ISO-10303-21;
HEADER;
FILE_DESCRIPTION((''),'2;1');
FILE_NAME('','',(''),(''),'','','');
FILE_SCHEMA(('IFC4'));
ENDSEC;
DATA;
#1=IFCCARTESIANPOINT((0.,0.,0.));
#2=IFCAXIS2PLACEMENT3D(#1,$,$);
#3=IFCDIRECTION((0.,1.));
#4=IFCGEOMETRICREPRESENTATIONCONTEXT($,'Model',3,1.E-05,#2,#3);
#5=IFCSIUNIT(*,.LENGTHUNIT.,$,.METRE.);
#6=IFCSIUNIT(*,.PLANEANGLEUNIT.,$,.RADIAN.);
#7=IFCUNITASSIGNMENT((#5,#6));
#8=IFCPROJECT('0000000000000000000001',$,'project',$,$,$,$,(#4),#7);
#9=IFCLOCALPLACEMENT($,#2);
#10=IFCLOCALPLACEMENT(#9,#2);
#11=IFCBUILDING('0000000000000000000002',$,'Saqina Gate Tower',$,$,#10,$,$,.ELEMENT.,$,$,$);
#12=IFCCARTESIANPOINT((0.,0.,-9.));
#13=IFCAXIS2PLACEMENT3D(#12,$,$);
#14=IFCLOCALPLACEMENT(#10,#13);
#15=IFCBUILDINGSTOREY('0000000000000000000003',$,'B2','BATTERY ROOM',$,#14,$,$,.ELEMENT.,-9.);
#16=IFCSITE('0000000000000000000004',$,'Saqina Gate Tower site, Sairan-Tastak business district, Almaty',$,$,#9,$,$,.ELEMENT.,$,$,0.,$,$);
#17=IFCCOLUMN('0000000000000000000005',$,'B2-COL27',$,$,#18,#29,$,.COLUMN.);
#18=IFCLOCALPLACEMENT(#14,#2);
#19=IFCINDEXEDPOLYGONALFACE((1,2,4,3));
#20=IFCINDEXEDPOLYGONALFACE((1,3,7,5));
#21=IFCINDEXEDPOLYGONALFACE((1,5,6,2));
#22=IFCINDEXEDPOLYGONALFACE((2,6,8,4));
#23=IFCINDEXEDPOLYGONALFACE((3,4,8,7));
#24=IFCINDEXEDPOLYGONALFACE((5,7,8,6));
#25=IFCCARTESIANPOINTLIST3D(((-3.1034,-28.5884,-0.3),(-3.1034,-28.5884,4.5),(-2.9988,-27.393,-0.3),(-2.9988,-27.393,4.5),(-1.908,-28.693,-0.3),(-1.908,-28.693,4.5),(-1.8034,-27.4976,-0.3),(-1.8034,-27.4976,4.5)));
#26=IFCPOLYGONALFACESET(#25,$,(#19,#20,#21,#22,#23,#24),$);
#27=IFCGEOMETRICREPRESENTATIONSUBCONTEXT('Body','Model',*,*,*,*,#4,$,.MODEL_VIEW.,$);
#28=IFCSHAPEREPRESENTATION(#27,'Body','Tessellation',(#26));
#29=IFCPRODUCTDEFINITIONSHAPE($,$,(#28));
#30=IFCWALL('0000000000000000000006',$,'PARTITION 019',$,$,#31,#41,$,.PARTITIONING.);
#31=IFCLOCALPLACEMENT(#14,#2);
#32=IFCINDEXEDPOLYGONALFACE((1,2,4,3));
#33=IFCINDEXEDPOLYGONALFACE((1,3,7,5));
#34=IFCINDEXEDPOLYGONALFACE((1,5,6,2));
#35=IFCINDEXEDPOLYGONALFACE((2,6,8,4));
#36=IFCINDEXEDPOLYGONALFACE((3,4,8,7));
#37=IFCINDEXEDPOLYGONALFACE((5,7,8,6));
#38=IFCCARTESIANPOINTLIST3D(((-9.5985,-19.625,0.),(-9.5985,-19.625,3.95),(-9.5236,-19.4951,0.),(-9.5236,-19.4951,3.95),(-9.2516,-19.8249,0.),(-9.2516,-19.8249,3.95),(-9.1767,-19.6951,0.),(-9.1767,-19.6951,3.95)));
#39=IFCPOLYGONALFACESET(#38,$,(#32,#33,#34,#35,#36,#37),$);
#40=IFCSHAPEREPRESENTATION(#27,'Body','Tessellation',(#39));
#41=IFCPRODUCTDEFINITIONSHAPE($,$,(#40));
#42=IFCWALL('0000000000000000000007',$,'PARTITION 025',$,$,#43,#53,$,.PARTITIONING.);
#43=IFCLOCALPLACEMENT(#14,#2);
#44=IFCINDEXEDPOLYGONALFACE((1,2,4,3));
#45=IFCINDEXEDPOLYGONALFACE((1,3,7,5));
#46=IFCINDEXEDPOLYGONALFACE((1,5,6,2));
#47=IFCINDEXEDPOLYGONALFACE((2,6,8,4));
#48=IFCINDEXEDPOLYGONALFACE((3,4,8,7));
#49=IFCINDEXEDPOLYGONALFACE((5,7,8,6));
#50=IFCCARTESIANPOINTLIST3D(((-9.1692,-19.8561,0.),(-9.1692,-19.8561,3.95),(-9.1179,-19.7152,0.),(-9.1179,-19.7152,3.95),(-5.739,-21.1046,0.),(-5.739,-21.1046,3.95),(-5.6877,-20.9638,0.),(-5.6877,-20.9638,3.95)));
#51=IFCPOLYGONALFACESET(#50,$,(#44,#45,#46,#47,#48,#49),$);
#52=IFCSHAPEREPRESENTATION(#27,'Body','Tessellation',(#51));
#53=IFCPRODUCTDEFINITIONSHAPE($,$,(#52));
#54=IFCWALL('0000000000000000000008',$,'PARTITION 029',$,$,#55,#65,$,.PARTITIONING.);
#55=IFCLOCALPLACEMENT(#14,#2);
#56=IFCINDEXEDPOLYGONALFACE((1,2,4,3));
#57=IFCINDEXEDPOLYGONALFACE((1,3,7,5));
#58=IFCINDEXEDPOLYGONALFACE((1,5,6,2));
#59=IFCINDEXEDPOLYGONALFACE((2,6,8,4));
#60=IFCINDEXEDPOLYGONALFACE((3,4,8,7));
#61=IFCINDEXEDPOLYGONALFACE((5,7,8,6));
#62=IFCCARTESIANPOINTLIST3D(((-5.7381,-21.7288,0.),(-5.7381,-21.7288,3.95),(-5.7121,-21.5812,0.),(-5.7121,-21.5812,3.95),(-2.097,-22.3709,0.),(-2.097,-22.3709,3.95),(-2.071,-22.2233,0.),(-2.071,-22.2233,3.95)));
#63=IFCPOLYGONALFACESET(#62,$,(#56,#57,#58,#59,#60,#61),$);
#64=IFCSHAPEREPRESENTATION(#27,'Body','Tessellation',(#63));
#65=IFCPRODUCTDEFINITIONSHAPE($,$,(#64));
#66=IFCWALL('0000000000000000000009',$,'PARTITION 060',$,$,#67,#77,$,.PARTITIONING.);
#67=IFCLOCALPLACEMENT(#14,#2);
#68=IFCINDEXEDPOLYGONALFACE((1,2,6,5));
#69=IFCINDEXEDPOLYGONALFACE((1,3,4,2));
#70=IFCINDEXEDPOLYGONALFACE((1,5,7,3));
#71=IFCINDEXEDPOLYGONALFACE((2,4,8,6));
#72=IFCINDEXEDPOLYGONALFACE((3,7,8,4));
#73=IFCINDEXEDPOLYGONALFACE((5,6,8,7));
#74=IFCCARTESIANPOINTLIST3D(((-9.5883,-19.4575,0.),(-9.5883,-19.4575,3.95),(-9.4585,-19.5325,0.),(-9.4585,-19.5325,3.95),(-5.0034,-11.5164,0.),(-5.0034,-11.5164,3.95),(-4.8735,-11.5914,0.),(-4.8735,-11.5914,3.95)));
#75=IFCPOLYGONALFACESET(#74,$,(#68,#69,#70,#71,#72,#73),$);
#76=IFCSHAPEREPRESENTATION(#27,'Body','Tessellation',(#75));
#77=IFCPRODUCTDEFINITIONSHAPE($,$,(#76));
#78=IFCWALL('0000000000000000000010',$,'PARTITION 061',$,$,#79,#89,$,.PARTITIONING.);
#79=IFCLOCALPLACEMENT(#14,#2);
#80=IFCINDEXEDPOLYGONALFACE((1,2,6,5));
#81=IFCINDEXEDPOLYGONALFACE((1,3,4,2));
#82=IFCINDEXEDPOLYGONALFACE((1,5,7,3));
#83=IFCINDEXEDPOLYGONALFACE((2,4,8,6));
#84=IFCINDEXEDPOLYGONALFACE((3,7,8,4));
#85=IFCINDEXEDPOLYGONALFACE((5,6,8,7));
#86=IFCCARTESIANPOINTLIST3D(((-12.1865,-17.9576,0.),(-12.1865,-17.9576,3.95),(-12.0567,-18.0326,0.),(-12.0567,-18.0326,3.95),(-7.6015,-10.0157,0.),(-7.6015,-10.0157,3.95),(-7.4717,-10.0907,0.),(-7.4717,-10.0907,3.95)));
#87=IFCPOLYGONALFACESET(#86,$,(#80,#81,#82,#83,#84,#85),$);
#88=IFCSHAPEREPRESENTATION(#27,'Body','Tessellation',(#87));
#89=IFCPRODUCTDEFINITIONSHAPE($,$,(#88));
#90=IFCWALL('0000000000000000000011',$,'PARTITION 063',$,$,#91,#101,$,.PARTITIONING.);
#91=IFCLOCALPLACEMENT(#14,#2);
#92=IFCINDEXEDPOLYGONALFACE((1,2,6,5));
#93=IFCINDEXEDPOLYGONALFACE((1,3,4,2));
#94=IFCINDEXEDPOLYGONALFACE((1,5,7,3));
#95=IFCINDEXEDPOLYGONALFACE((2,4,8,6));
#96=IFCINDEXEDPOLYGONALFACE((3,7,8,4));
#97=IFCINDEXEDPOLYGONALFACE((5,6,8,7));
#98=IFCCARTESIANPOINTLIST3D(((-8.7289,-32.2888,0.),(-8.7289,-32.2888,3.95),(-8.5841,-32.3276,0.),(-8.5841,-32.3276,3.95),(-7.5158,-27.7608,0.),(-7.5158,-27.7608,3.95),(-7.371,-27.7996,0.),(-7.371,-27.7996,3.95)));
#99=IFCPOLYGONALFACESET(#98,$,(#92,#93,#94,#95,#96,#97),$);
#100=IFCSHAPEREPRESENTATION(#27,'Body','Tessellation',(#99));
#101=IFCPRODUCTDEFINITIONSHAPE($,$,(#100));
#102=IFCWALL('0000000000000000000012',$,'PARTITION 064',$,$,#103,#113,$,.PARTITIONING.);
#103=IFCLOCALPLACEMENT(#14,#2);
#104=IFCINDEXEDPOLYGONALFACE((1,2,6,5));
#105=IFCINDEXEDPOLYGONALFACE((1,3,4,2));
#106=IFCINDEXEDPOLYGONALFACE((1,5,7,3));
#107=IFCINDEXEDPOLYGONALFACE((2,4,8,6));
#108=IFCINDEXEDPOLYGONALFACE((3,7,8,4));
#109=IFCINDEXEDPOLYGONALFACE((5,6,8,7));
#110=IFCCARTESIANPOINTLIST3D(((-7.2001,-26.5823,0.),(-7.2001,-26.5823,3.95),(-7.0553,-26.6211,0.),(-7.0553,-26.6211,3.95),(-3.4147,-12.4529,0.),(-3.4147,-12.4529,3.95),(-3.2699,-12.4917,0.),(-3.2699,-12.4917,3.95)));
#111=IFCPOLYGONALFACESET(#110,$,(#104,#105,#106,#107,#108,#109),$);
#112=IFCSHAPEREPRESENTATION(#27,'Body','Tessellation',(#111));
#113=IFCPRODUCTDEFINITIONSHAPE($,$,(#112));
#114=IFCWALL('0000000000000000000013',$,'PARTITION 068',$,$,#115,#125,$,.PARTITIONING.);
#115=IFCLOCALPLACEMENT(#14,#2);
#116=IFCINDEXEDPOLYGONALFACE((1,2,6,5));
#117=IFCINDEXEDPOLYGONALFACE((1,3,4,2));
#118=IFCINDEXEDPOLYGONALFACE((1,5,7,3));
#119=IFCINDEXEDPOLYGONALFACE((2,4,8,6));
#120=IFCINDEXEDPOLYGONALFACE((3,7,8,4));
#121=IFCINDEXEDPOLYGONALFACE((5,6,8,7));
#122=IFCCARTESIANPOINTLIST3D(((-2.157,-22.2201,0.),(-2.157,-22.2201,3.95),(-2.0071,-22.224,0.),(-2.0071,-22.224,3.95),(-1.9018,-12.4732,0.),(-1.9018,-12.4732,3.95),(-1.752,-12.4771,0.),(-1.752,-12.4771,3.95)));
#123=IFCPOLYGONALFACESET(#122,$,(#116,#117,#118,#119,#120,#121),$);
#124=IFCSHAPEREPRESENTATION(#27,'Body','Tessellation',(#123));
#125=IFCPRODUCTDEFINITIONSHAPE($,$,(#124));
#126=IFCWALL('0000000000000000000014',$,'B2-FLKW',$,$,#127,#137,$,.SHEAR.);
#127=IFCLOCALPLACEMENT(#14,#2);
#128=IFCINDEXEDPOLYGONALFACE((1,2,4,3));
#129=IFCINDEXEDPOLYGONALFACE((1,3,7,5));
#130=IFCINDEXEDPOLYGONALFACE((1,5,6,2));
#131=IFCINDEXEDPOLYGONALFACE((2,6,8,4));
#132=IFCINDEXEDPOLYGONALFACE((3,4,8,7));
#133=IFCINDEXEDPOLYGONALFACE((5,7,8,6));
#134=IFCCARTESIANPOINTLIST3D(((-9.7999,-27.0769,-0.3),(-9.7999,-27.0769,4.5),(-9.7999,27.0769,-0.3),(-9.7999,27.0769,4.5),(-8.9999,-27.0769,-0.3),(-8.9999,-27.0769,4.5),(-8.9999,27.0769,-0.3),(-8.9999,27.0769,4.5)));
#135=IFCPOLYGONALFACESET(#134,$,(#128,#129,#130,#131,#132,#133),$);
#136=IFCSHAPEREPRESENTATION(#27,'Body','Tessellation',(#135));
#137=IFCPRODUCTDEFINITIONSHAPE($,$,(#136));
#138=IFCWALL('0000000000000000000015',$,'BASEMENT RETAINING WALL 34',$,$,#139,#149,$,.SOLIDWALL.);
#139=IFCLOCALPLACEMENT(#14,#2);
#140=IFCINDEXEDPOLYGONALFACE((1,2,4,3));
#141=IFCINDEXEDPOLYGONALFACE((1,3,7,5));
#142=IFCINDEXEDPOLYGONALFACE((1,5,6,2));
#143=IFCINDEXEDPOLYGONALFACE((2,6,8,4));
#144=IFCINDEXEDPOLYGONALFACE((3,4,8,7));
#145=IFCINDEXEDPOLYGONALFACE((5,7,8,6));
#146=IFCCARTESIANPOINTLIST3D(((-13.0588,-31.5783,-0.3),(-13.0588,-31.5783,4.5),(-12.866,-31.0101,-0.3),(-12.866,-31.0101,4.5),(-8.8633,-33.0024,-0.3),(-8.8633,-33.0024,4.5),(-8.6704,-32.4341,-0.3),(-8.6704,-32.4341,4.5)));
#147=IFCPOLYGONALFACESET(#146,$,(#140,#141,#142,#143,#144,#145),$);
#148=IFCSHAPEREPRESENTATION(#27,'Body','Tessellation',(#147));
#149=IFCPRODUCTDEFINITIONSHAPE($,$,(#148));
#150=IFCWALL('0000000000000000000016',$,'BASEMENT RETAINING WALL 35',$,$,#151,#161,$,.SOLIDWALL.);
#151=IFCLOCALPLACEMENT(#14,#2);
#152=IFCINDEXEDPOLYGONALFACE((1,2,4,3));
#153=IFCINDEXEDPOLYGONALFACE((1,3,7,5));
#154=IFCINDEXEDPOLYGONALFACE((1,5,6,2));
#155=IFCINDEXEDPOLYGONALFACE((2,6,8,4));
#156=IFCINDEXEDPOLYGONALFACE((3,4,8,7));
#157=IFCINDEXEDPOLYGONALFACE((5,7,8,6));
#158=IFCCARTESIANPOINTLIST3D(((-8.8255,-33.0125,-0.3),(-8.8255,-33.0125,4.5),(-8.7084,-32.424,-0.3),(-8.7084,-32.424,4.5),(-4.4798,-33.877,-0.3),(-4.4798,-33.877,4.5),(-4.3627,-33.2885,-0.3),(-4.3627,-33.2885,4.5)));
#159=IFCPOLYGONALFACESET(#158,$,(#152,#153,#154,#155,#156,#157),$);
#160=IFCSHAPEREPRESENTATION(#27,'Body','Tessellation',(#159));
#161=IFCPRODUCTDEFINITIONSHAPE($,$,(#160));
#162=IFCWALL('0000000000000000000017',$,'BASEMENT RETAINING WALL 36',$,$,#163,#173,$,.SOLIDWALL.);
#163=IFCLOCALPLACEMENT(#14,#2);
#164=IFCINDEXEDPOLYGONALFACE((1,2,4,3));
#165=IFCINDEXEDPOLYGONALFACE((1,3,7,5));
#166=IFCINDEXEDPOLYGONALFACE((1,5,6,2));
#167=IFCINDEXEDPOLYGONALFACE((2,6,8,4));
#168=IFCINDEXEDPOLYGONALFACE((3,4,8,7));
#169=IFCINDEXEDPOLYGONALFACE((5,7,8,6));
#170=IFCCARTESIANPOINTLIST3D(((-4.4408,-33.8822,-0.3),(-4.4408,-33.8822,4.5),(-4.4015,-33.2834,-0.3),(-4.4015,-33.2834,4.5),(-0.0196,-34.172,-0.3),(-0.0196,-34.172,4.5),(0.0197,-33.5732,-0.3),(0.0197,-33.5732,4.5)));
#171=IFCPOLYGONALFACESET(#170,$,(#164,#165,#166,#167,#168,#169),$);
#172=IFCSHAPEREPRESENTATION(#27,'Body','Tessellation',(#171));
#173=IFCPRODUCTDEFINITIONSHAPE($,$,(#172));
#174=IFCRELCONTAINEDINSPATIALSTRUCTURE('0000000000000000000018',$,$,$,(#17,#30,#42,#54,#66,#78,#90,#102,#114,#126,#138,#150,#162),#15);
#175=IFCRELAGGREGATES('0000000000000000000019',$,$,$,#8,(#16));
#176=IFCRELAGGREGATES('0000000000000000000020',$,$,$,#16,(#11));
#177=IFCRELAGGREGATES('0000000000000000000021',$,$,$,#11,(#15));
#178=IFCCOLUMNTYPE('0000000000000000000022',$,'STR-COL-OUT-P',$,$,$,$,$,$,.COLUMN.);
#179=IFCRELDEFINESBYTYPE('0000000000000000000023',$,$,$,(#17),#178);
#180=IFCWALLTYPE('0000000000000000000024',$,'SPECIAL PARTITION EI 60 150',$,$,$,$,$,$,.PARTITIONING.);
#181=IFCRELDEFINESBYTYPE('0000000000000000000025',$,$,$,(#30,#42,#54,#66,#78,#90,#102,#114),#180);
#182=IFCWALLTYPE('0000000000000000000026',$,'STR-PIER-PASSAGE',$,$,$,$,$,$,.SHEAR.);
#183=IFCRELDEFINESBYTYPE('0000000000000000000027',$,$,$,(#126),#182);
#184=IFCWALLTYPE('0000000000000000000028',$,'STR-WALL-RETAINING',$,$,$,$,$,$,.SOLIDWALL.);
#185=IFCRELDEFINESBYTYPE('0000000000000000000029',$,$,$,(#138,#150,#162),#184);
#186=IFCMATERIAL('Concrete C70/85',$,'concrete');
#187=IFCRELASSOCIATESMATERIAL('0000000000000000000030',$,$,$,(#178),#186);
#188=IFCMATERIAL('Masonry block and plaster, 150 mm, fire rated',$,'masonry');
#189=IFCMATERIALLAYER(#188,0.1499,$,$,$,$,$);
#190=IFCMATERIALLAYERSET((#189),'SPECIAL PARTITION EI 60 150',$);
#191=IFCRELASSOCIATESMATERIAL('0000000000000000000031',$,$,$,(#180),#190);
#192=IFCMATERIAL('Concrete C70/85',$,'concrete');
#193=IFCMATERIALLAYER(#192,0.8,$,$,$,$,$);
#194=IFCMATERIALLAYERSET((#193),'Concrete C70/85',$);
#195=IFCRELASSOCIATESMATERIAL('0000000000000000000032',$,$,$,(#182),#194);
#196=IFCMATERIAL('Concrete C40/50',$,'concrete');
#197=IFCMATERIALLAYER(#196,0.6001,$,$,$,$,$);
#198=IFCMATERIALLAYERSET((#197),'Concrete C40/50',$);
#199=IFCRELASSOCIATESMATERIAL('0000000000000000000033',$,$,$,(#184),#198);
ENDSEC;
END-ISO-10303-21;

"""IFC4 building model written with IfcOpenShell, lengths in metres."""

from ifc_helpers import new_model, si_unit, direction, frame, frame_2d, origin, origin_2d, place, context, subcontext, project, spatial, rectangle, extrude, material, layer, layer_set, material_profile, profile_set, type_object, element, save


model = new_model("IFC4")

# Units and contexts
model_context = context("Model", 3, precision=1e-05, world=origin(), true_north=direction((0.0, 1.0)))
body_context = subcontext(model_context, "Body", "Model", "MODEL_VIEW")
ifc_project = project(units=[si_unit("LENGTHUNIT", "METRE"), si_unit("PLANEANGLEUNIT", "RADIAN")], contexts=[model_context])

# Site, building, storey
site_placement = place(None, origin())
site = spatial("IfcSite", under=ifc_project, at=site_placement, Name="Saqina Gate Tower site, Sairan-Tastak business district, Almaty", CompositionType="ELEMENT", RefElevation=0.0)
building_placement = place(site_placement, origin())
building = spatial("IfcBuilding", under=site, at=building_placement, Name="Saqina Gate Tower", CompositionType="ELEMENT")
storey_placement = place(building_placement, frame((0.0, 0.0, -9.0)))
storey = spatial("IfcBuildingStorey", under=building, at=storey_placement, Name="B2", Description="BATTERY ROOM", CompositionType="ELEMENT", Elevation=-9.0)

# Column
ifc_material_1 = material(Name="Concrete C70/85", Category="concrete")
ifc_material_profile_1 = material_profile(ifc_material_1, rectangle(XDim=1.2, YDim=1.2, at=origin_2d()), Name="RC 1200x1200")
ifc_profile_set_1 = profile_set([ifc_material_profile_1], Name="Concrete C70/85")
column_type_1 = type_object("IfcColumnType", Name="STR-COL-OUT-P", PredefinedType="COLUMN", material=ifc_profile_set_1)
for number, where, z_axis, x_axis, name in (
    (1, (-2.4534, -28.043, -0.3), (0.0, 0.0, 1.0), (-0.087156, -0.996195, 0.0), "B2-COL27"),
):
    element("IfcColumn", number, at=place(storey_placement, frame(where, z_axis=z_axis, x_axis=x_axis)), inside=storey, type_object=column_type_1, Name=name, PredefinedType="COLUMN", context=body_context, shape_type="SweptSolid", body=[
        extrude(rectangle(XDim=1.2, YDim=1.2, at=origin_2d()), origin(), (0.0, 0.0, 1.0), 4.8),
    ])

# Walls
ifc_material_2 = material(Name="Masonry block and plaster, 150 mm, fire rated", Category="masonry")
ifc_layer_1 = layer(ifc_material_2, 0.1499)
ifc_layer_set_1 = layer_set([ifc_layer_1], Name="SPECIAL PARTITION EI 60 150")
wall_type_1 = type_object("IfcWallType", Name="SPECIAL PARTITION EI 60 150", PredefinedType="PARTITIONING", material=ifc_layer_set_1)
wall_1_placement = place(storey_placement, frame((-9.561, -19.5601, 0.0), z_axis=(0.0, 0.0, 1.0), x_axis=(0.866399, -0.499353, 0.0)))
element("IfcWall", 2, at=wall_1_placement, inside=storey, type_object=wall_type_1, Name="PARTITION 019", PredefinedType="PARTITIONING", context=body_context, shape_type="SweptSolid", body=[
    extrude(rectangle(XDim=0.4004, YDim=0.1499, at=frame_2d((0.2002, 0.0))), origin(), (0.0, 0.0, 1.0), 3.95),
])
wall_2_placement = place(storey_placement, frame((-9.1436, -19.7856, 0.0), z_axis=(0.0, 0.0, 1.0), x_axis=(0.939688, -0.342033, 0.0)))
element("IfcWall", 3, at=wall_2_placement, inside=storey, type_object=wall_type_1, Name="PARTITION 025", PredefinedType="PARTITIONING", context=body_context, shape_type="SweptSolid", body=[
    extrude(rectangle(XDim=3.6504, YDim=0.1499, at=frame_2d((1.8252, 0.0))), origin(), (0.0, 0.0, 1.0), 3.95),
])
wall_3_placement = place(storey_placement, frame((-5.7251, -21.655, 0.0), z_axis=(0.0, 0.0, 1.0), x_axis=(0.984805, -0.173665, 0.0)))
element("IfcWall", 4, at=wall_3_placement, inside=storey, type_object=wall_type_1, Name="PARTITION 029", PredefinedType="PARTITIONING", context=body_context, shape_type="SweptSolid", body=[
    extrude(rectangle(XDim=3.6973, YDim=0.1499, at=frame_2d((1.8486, 0.0))), origin(), (0.0, 0.0, 1.0), 3.95),
])
wall_4_placement = place(storey_placement, frame((-9.5234, -19.4951, 0.0), z_axis=(0.0, 0.0, 1.0), x_axis=(0.500011, 0.866019, 0.0)))
element("IfcWall", 5, at=wall_4_placement, inside=storey, type_object=wall_type_1, Name="PARTITION 060", PredefinedType="PARTITIONING", context=body_context, shape_type="SweptSolid", body=[
    extrude(rectangle(XDim=9.1697, YDim=0.1499, at=frame_2d((4.585, 0.0))), origin(), (0.0, 0.0, 1.0), 3.95),
])
wall_5_placement = place(storey_placement, frame((-12.1216, -17.9951, 0.0), z_axis=(0.0, 0.0, 1.0), x_axis=(0.499976, 0.866039, 0.0)))
element("IfcWall", 6, at=wall_5_placement, inside=storey, type_object=wall_type_1, Name="PARTITION 061", PredefinedType="PARTITIONING", context=body_context, shape_type="SweptSolid", body=[
    extrude(rectangle(XDim=9.1704, YDim=0.1499, at=frame_2d((4.5852, 0.0))), origin(), (0.0, 0.0, 1.0), 3.95),
])
wall_6_placement = place(storey_placement, frame((-8.6565, -32.3081, 0.0), z_axis=(0.0, 0.0, 1.0), x_axis=(0.258787, 0.965934, 0.0)))
element("IfcWall", 7, at=wall_6_placement, inside=storey, type_object=wall_type_1, Name="PARTITION 063", PredefinedType="PARTITIONING", context=body_context, shape_type="SweptSolid", body=[
    extrude(rectangle(XDim=4.6877, YDim=0.1499, at=frame_2d((2.3438, 0.0))), origin(), (0.0, 0.0, 1.0), 3.95),
])
wall_7_placement = place(storey_placement, frame((-7.1277, -26.6018, 0.0), z_axis=(0.0, 0.0, 1.0), x_axis=(0.258783, 0.965935, 0.0)))
element("IfcWall", 8, at=wall_7_placement, inside=storey, type_object=wall_type_1, Name="PARTITION 064", PredefinedType="PARTITIONING", context=body_context, shape_type="SweptSolid", body=[
    extrude(rectangle(XDim=14.6277, YDim=0.1499, at=frame_2d((7.314, 0.0))), origin(), (0.0, 0.0, 1.0), 3.95),
])
wall_8_placement = place(storey_placement, frame((-2.082, -22.2219, 0.0), z_axis=(0.0, 0.0, 1.0), x_axis=(0.026166, 0.999658, 0.0)))
element("IfcWall", 9, at=wall_8_placement, inside=storey, type_object=wall_type_1, Name="PARTITION 068", PredefinedType="PARTITIONING", context=body_context, shape_type="SweptSolid", body=[
    extrude(rectangle(XDim=9.7502, YDim=0.1499, at=frame_2d((4.875, 0.0))), origin(), (0.0, 0.0, 1.0), 3.95),
])
ifc_material_3 = material(Name="Concrete C70/85", Category="concrete")
ifc_layer_2 = layer(ifc_material_3, 0.8)
ifc_layer_set_2 = layer_set([ifc_layer_2], Name="Concrete C70/85")
wall_type_2 = type_object("IfcWallType", Name="STR-PIER-PASSAGE", PredefinedType="SHEAR", material=ifc_layer_set_2)
wall_9_placement = place(storey_placement, frame((-9.3999, -27.0769, -0.3), z_axis=(0.0, 0.0, 1.0), x_axis=(0.0, 1.0, 0.0)))
element("IfcWall", 10, at=wall_9_placement, inside=storey, type_object=wall_type_2, Name="B2-FLKW", PredefinedType="SHEAR", context=body_context, shape_type="SweptSolid", body=[
    extrude(rectangle(XDim=54.1538, YDim=0.8, at=frame_2d((27.0769, 0.0))), origin(), (0.0, 0.0, 1.0), 4.8),
])
ifc_material_4 = material(Name="Concrete C40/50", Category="concrete")
ifc_layer_3 = layer(ifc_material_4, 0.6001)
ifc_layer_set_3 = layer_set([ifc_layer_3], Name="Concrete C40/50")
wall_type_3 = type_object("IfcWallType", Name="STR-WALL-RETAINING", PredefinedType="SOLIDWALL", material=ifc_layer_set_3)
wall_10_placement = place(storey_placement, frame((-12.9624, -31.2942, -0.3), z_axis=(0.0, 0.0, 1.0), x_axis=(0.946939, -0.321414, 0.0)))
element("IfcWall", 11, at=wall_10_placement, inside=storey, type_object=wall_type_3, Name="BASEMENT RETAINING WALL 34", PredefinedType="SOLIDWALL", context=body_context, shape_type="SweptSolid", body=[
    extrude(rectangle(XDim=4.4307, YDim=0.6001, at=frame_2d((2.2153, 0.0))), origin(), (0.0, 0.0, 1.0), 4.8),
])
wall_11_placement = place(storey_placement, frame((-8.7668, -32.7183, -0.3), z_axis=(0.0, 0.0, 1.0), x_axis=(0.980781, -0.195109, 0.0)))
element("IfcWall", 12, at=wall_11_placement, inside=storey, type_object=wall_type_3, Name="BASEMENT RETAINING WALL 35", PredefinedType="SOLIDWALL", context=body_context, shape_type="SweptSolid", body=[
    extrude(rectangle(XDim=4.4309, YDim=0.6001, at=frame_2d((2.2153, 0.0))), origin(), (0.0, 0.0, 1.0), 4.8),
])
wall_12_placement = place(storey_placement, frame((-4.4211, -33.5828, -0.3), z_axis=(0.0, 0.0, 1.0), x_axis=(0.997859, -0.065407, 0.0)))
element("IfcWall", 13, at=wall_12_placement, inside=storey, type_object=wall_type_3, Name="BASEMENT RETAINING WALL 36", PredefinedType="SOLIDWALL", context=body_context, shape_type="SweptSolid", body=[
    extrude(rectangle(XDim=4.4307, YDim=0.6001, at=frame_2d((2.2153, 0.0))), origin(), (0.0, 0.0, 1.0), 4.8),
])

save(model, "model.ifc")
